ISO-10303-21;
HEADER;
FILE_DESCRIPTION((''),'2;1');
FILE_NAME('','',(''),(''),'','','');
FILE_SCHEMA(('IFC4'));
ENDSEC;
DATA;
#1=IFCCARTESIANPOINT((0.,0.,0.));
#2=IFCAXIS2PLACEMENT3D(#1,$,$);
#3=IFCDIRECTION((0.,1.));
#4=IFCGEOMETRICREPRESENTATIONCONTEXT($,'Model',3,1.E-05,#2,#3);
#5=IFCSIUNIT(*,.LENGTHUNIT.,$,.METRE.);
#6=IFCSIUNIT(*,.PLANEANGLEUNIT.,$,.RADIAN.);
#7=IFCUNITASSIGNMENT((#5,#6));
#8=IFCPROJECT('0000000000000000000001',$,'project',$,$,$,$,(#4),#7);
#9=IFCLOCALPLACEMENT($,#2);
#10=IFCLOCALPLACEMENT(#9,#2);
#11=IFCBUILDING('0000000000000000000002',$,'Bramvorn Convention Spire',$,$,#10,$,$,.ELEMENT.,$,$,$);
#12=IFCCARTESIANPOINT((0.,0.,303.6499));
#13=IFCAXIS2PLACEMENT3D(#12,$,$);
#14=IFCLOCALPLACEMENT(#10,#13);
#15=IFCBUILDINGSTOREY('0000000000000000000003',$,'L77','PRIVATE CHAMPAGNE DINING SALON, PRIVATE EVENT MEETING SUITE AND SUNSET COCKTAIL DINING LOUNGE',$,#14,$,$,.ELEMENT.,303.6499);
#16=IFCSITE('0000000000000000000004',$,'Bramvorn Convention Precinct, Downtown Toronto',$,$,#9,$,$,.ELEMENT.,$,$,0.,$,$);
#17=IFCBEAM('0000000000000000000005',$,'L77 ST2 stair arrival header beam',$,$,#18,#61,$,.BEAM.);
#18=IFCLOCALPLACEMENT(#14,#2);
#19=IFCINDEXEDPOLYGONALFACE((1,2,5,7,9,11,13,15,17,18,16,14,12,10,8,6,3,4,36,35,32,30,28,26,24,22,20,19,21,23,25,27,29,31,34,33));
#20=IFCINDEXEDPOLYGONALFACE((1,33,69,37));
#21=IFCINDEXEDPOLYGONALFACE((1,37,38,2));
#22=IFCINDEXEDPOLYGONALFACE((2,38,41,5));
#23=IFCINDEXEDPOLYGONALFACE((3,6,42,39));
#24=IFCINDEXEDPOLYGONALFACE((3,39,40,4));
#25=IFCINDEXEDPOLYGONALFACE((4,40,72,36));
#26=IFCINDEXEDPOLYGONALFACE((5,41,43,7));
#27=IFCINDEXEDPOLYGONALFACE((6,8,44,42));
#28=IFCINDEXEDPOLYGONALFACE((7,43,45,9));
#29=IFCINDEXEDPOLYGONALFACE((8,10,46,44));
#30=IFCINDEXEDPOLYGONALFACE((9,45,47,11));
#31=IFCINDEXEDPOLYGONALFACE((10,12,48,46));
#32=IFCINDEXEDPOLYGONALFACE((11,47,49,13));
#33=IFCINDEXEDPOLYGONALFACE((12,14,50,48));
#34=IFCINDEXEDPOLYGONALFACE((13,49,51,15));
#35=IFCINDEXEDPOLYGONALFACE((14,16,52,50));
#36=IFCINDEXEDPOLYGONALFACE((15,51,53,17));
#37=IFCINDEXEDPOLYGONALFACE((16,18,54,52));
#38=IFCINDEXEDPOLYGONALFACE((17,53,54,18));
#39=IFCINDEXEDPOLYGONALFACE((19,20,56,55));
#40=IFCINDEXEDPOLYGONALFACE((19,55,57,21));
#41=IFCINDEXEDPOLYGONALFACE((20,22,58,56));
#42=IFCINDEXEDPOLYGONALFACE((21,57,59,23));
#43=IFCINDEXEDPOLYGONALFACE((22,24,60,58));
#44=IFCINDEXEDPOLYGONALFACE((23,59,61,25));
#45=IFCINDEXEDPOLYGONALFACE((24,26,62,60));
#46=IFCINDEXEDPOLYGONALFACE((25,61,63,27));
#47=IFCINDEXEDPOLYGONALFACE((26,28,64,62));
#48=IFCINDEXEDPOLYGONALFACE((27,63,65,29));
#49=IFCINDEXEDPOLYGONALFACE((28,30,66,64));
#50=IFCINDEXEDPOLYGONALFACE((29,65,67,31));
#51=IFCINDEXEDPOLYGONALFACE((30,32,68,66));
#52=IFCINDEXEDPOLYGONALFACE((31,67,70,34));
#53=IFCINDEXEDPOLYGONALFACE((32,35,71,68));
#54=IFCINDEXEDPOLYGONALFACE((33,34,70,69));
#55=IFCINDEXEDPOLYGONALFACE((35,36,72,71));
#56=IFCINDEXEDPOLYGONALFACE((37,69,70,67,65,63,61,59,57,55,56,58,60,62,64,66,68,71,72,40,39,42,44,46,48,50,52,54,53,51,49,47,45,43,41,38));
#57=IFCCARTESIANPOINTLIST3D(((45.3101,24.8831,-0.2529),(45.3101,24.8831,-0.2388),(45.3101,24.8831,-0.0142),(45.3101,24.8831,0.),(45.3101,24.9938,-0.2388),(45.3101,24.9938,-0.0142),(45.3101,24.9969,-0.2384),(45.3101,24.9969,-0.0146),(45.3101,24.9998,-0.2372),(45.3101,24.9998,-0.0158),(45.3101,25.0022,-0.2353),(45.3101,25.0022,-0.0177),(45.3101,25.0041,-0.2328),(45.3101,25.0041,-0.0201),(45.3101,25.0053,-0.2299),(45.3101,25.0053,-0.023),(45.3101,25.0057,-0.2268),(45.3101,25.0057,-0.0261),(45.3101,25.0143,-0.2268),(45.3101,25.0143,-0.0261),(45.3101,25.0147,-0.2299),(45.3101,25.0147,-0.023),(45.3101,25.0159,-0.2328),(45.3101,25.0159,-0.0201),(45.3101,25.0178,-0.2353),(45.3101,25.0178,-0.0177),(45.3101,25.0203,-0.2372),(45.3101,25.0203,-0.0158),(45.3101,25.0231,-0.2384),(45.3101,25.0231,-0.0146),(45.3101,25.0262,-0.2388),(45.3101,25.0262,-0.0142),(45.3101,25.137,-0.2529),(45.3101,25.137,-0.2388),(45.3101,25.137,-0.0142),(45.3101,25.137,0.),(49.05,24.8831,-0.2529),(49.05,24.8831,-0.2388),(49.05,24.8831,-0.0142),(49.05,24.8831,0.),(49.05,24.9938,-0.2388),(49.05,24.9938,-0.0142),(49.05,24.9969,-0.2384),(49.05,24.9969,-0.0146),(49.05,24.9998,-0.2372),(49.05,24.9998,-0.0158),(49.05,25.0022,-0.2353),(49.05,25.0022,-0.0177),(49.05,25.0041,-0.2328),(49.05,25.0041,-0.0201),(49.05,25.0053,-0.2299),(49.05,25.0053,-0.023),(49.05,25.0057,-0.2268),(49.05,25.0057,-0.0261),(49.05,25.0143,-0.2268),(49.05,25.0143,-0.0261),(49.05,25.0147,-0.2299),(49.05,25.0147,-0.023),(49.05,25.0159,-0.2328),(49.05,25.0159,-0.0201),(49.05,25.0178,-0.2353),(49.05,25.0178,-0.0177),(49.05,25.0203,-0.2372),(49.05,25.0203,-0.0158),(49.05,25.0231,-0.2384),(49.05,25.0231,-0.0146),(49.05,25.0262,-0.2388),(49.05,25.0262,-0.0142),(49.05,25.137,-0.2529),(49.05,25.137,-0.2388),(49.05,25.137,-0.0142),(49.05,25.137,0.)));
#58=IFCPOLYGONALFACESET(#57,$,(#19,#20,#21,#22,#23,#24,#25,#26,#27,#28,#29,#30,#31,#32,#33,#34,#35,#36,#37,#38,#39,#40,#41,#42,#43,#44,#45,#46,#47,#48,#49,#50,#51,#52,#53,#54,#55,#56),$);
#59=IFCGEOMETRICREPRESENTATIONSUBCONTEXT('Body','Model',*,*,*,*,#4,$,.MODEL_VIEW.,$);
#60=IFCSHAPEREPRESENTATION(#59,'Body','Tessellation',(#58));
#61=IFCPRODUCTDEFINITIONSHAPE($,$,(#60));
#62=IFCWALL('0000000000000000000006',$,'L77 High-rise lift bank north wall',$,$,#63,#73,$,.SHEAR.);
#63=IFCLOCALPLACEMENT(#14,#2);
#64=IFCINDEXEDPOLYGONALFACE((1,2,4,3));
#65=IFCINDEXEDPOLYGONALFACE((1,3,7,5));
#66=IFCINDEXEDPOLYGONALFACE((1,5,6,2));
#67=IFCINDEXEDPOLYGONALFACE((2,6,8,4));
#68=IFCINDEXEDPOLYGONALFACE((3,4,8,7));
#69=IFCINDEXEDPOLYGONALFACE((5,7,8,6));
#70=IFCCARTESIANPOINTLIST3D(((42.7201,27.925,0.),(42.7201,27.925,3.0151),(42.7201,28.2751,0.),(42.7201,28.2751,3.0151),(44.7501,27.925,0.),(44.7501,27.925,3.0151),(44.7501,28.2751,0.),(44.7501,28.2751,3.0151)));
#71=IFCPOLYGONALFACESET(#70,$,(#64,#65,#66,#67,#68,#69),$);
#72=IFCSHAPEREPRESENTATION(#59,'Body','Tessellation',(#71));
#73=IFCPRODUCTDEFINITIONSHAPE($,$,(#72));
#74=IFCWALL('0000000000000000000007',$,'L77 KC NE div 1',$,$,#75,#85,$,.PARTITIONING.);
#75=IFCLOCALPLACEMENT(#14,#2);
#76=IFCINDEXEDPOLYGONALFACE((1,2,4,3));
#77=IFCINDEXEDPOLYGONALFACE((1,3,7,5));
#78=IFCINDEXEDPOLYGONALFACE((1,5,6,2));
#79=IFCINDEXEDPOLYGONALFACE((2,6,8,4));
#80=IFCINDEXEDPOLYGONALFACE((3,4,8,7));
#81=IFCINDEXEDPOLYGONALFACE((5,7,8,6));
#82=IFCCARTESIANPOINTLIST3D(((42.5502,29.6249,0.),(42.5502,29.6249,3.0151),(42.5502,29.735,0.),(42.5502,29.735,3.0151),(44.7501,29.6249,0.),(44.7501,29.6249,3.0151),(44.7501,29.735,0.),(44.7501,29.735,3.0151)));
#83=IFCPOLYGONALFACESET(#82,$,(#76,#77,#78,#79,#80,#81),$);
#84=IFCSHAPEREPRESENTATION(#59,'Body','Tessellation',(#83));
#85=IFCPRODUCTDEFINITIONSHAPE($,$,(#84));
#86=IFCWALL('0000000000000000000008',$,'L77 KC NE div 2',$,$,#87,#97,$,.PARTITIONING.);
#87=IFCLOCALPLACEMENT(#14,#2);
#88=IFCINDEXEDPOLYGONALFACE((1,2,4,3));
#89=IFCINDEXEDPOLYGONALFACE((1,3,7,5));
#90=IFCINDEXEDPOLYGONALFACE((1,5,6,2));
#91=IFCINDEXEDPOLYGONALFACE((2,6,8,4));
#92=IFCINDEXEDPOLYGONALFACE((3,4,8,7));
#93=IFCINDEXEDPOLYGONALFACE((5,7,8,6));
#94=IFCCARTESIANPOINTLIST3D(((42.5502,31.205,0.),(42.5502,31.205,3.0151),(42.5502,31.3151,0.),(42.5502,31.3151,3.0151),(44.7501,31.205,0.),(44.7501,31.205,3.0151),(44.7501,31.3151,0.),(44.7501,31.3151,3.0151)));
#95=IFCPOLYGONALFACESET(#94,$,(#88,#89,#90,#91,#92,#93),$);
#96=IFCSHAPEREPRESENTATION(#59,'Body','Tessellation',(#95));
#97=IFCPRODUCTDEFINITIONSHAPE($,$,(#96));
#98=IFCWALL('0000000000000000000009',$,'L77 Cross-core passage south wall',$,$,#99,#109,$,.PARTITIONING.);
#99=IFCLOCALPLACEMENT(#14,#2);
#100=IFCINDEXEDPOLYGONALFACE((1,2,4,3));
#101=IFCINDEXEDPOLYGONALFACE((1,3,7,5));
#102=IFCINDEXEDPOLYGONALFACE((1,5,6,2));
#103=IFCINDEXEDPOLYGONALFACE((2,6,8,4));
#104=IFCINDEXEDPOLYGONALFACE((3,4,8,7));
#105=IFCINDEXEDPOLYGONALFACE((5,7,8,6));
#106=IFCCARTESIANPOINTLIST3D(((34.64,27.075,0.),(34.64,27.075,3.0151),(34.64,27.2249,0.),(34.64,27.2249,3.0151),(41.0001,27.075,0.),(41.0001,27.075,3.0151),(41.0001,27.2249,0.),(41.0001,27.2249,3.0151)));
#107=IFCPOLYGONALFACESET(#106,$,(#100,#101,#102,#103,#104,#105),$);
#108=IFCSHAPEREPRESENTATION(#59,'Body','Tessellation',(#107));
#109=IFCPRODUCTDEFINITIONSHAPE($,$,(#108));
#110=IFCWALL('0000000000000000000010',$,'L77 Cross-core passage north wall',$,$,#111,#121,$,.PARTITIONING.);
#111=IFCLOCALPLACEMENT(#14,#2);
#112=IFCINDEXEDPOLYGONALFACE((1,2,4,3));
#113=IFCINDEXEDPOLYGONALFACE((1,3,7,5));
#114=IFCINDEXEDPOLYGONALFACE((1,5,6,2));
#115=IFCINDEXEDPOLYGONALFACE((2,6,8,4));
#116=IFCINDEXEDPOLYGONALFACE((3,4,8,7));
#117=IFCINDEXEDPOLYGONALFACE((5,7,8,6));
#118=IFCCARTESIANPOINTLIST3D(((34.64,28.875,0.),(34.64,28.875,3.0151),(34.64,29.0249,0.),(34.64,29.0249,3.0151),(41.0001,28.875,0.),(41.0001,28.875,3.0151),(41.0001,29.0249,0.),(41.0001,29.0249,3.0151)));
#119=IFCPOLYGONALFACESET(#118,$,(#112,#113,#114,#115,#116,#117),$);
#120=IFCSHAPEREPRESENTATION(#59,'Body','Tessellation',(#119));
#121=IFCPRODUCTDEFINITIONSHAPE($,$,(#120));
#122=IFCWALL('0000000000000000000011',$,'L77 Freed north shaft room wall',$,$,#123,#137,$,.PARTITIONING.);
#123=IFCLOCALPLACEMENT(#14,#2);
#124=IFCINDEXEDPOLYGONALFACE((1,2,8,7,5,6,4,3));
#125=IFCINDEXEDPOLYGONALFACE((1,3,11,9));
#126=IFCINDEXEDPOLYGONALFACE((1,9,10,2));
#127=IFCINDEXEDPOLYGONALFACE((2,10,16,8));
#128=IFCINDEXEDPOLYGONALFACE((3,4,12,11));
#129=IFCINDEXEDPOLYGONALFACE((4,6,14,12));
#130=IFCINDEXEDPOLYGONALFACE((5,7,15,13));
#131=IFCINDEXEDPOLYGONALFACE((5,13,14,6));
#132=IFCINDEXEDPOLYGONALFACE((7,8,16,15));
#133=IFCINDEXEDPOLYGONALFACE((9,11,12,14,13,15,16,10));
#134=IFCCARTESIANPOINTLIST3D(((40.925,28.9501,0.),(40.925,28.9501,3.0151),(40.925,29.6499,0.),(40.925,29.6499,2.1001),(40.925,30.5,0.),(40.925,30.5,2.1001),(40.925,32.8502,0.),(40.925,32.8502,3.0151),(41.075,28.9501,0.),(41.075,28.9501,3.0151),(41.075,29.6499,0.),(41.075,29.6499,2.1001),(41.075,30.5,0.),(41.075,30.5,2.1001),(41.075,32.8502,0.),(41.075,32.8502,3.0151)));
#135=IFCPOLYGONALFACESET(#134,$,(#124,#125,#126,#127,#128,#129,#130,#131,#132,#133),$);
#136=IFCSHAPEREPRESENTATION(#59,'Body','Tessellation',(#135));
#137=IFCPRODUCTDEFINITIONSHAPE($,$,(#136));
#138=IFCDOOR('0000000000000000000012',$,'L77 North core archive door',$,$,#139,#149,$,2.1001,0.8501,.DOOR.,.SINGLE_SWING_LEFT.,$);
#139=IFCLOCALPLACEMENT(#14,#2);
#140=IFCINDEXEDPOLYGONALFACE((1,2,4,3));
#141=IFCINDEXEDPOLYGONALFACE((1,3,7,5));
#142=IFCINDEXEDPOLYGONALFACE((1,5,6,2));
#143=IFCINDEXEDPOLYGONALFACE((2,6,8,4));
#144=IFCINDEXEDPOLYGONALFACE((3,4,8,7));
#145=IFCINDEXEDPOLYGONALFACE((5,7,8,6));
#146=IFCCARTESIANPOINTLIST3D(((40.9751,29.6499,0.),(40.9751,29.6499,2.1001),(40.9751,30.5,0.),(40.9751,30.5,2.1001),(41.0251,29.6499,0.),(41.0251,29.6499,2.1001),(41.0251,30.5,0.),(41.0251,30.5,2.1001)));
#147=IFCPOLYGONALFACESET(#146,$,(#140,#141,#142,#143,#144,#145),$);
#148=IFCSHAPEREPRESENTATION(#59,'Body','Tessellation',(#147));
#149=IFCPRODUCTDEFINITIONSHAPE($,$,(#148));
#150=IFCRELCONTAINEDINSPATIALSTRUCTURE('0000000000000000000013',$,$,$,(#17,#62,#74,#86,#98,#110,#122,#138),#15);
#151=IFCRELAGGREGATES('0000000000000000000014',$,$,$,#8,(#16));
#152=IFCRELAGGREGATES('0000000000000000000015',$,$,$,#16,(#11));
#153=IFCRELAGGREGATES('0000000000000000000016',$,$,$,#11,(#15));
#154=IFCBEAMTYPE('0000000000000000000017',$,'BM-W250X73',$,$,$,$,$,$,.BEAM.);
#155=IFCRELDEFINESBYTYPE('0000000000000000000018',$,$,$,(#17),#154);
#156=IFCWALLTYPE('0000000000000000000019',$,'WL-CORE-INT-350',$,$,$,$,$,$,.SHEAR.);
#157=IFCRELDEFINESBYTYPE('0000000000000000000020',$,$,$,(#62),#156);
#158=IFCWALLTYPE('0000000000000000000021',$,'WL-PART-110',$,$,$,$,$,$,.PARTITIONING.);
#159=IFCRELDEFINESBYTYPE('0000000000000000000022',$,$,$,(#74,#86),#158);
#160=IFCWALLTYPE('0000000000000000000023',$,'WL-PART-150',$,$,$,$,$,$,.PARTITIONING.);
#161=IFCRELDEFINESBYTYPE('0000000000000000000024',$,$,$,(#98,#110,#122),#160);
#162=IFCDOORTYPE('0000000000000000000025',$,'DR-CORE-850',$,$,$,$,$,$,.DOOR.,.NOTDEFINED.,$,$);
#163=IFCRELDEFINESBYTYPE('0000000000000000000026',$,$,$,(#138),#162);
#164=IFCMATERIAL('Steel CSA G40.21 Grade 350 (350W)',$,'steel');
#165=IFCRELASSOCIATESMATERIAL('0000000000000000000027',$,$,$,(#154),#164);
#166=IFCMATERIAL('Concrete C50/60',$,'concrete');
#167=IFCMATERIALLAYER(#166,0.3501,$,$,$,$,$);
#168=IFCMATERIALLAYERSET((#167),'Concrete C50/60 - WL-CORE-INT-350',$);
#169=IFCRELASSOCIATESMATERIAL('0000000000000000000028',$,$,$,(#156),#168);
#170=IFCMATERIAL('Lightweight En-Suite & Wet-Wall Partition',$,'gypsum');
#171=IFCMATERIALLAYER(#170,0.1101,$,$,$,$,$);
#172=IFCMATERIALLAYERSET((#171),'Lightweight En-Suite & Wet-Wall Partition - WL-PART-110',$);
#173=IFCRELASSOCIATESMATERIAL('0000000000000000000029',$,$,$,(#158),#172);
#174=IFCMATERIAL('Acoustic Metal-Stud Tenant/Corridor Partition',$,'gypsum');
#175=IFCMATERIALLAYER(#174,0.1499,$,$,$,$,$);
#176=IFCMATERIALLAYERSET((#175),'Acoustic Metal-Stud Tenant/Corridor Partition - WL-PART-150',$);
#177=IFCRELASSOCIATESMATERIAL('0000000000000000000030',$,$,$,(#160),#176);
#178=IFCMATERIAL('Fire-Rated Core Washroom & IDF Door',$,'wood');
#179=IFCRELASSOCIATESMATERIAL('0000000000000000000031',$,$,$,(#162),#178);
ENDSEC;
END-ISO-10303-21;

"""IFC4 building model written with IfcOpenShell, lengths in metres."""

from ifc_helpers import new_model, si_unit, direction, frame, frame_2d, origin, origin_2d, place, context, subcontext, project, spatial, rectangle, i_section, extrude, material, layer, layer_set, material_profile, profile_set, type_object, element, fill, save


model = new_model("IFC4")

# Units and contexts
model_context = context("Model", 3, precision=1e-05, world=origin(), true_north=direction((0.0, 1.0)))
body_context = subcontext(model_context, "Body", "Model", "MODEL_VIEW")
ifc_project = project(units=[si_unit("LENGTHUNIT", "METRE"), si_unit("PLANEANGLEUNIT", "RADIAN")], contexts=[model_context])

# Site, building, storey
site_placement = place(None, origin())
site = spatial("IfcSite", under=ifc_project, at=site_placement, Name="Bramvorn Convention Precinct, Downtown Toronto", CompositionType="ELEMENT", RefElevation=0.0)
building_placement = place(site_placement, origin())
building = spatial("IfcBuilding", under=site, at=building_placement, Name="Bramvorn Convention Spire", CompositionType="ELEMENT")
storey_placement = place(building_placement, frame((0.0, 0.0, 303.6499)))
storey = spatial("IfcBuildingStorey", under=building, at=storey_placement, Name="L77", Description="PRIVATE CHAMPAGNE DINING SALON, PRIVATE EVENT MEETING SUITE AND SUNSET COCKTAIL DINING LOUNGE", CompositionType="ELEMENT", Elevation=303.6499)

# Beam
ifc_material_1 = material(Name="Steel CSA G40.21 Grade 350 (350W)", Category="steel")
ifc_material_profile = material_profile(ifc_material_1, i_section(OverallWidth=0.2539, OverallDepth=0.2529, WebThickness=0.0085, FlangeThickness=0.0142, FilletRadius=0.012, at=origin_2d()))
ifc_profile_set = profile_set([ifc_material_profile], Name="Steel CSA G40.21 Grade 350 (350W) - W250X73")
beam_type = type_object("IfcBeamType", Name="BM-W250X73", PredefinedType="BEAM", material=ifc_profile_set)
beam_placement = place(storey_placement, frame((45.3101, 25.01, -0.1265), z_axis=(1.0, 0.0, 0.0), x_axis=(0.0, 1.0, 0.0)))
element("IfcBeam", 1, at=beam_placement, inside=storey, type_object=beam_type, Name="L77 ST2 stair arrival header beam", PredefinedType="BEAM", context=body_context, shape_type="SweptSolid", body=[
    extrude(i_section(OverallWidth=0.2539, OverallDepth=0.2529, WebThickness=0.0085, FlangeThickness=0.0142, FilletRadius=0.012, at=origin_2d()), origin(), (0.0, 0.0, 1.0), 3.74),
])

# Shared definitions
ifc_material_2 = material(Name="Concrete C50/60", Category="concrete")
ifc_layer_1 = layer(ifc_material_2, 0.3501)
ifc_layer_set_1 = layer_set([ifc_layer_1], Name="Concrete C50/60 - WL-CORE-INT-350")
wall_type_1 = type_object("IfcWallType", Name="WL-CORE-INT-350", PredefinedType="SHEAR", material=ifc_layer_set_1)

# Walls
wall_1_placement = place(storey_placement, frame((42.72, 28.1001, 0.0), z_axis=(0.0, 0.0, 1.0), x_axis=(1.0, 0.0, 0.0)))
element("IfcWall", 2, at=wall_1_placement, inside=storey, type_object=wall_type_1, Name="L77 High-rise lift bank north wall", PredefinedType="SHEAR", context=body_context, shape_type="SweptSolid", body=[
    extrude(rectangle(XDim=2.03, YDim=0.3501, at=frame_2d((1.0151, 0.0))), origin(), (0.0, 0.0, 1.0), 3.0151),
])
ifc_material_3 = material(Name="Lightweight En-Suite & Wet-Wall Partition", Category="gypsum")
ifc_layer_2 = layer(ifc_material_3, 0.1101)
ifc_layer_set_2 = layer_set([ifc_layer_2], Name="Lightweight En-Suite & Wet-Wall Partition - WL-PART-110")
wall_type_2 = type_object("IfcWallType", Name="WL-PART-110", PredefinedType="PARTITIONING", material=ifc_layer_set_2)
for number, where, z_axis, x_axis, name in (
    (3, (42.55, 29.6799, 0.0), (0.0, 0.0, 1.0), (1.0, 0.0, 0.0), "L77 KC NE div 1"),
    (4, (42.55, 31.26, 0.0), (0.0, 0.0, 1.0), (1.0, 0.0, 0.0), "L77 KC NE div 2"),
):
    element("IfcWall", number, at=place(storey_placement, frame(where, z_axis=z_axis, x_axis=x_axis)), inside=storey, type_object=wall_type_2, Name=name, PredefinedType="PARTITIONING", context=body_context, shape_type="SweptSolid", body=[
        extrude(rectangle(XDim=2.2, YDim=0.1101, at=frame_2d((1.1001, 0.0))), origin(), (0.0, 0.0, 1.0), 3.0151),
    ])
ifc_material_4 = material(Name="Acoustic Metal-Stud Tenant/Corridor Partition", Category="gypsum")
ifc_layer_3 = layer(ifc_material_4, 0.1499)
ifc_layer_set_3 = layer_set([ifc_layer_3], Name="Acoustic Metal-Stud Tenant/Corridor Partition - WL-PART-150")
wall_type_3 = type_object("IfcWallType", Name="WL-PART-150", PredefinedType="PARTITIONING", material=ifc_layer_set_3)
for number, where, z_axis, x_axis, name in (
    (5, (34.6399, 27.1499, 0.0), (0.0, 0.0, 1.0), (1.0, 0.0, 0.0), "L77 Cross-core passage south wall"),
    (6, (34.6399, 28.95, 0.0), (0.0, 0.0, 1.0), (1.0, 0.0, 0.0), "L77 Cross-core passage north wall"),
):
    element("IfcWall", number, at=place(storey_placement, frame(where, z_axis=z_axis, x_axis=x_axis)), inside=storey, type_object=wall_type_3, Name=name, PredefinedType="PARTITIONING", context=body_context, shape_type="SweptSolid", body=[
        extrude(rectangle(XDim=6.3601, YDim=0.1499, at=frame_2d((3.1802, 0.0))), origin(), (0.0, 0.0, 1.0), 3.0151),
    ])

# Wall, opening, door
wall_2_placement = place(storey_placement, frame((41.0, 28.95, 0.0), z_axis=(0.0, 0.0, 1.0), x_axis=(0.0, 1.0, 0.0)))
wall_2 = element("IfcWall", 7, at=wall_2_placement, inside=storey, type_object=wall_type_3, Name="L77 Freed north shaft room wall", PredefinedType="PARTITIONING", context=body_context, shape_type="SweptSolid", body=[
    extrude(rectangle(XDim=3.9001, YDim=0.1499, at=frame_2d((1.9502, 0.0))), origin(), (0.0, 0.0, 1.0), 3.0151),
])
opening_1_placement = place(wall_2_placement, frame((0.7, 0.0, 0.0)))
opening_1 = element("IfcOpeningElement", 8, at=opening_1_placement, cuts=wall_2, PredefinedType="OPENING", context=body_context, shape_type="SweptSolid", body=[
    extrude(rectangle(XDim=0.8501, YDim=2.1001, at=frame_2d((0.425, 1.05))), frame((0.0, 0.085, 0.0), z_axis=(0.0, -1.0, 0.0), x_axis=(1.0, 0.0, 0.0)), (0.0, 0.0, 1.0), 0.1699),
])
ifc_material_5 = material(Name="Fire-Rated Core Washroom & IDF Door", Category="wood")
door_type_1 = type_object("IfcDoorType", Name="DR-CORE-850", OperationType="NOTDEFINED", PredefinedType="DOOR", material=ifc_material_5)
door_1_placement = place(opening_1_placement, origin())
door_1 = element("IfcDoor", 9, at=door_1_placement, inside=storey, type_object=door_type_1, Name="L77 North core archive door", OperationType="SINGLE_SWING_LEFT", OverallHeight=2.1001, OverallWidth=0.8501, PredefinedType="DOOR", context=body_context, shape_type="SweptSolid", body=[
    extrude(rectangle(XDim=0.8501, YDim=2.1001, at=frame_2d((0.425, 1.05))), frame((0.0, 0.0249, 0.0), z_axis=(0.0, -1.0, 0.0), x_axis=(1.0, 0.0, 0.0)), (0.0, 0.0, 1.0), 0.05),
])
fill(opening_1, door_1)

save(model, "model.ifc")
